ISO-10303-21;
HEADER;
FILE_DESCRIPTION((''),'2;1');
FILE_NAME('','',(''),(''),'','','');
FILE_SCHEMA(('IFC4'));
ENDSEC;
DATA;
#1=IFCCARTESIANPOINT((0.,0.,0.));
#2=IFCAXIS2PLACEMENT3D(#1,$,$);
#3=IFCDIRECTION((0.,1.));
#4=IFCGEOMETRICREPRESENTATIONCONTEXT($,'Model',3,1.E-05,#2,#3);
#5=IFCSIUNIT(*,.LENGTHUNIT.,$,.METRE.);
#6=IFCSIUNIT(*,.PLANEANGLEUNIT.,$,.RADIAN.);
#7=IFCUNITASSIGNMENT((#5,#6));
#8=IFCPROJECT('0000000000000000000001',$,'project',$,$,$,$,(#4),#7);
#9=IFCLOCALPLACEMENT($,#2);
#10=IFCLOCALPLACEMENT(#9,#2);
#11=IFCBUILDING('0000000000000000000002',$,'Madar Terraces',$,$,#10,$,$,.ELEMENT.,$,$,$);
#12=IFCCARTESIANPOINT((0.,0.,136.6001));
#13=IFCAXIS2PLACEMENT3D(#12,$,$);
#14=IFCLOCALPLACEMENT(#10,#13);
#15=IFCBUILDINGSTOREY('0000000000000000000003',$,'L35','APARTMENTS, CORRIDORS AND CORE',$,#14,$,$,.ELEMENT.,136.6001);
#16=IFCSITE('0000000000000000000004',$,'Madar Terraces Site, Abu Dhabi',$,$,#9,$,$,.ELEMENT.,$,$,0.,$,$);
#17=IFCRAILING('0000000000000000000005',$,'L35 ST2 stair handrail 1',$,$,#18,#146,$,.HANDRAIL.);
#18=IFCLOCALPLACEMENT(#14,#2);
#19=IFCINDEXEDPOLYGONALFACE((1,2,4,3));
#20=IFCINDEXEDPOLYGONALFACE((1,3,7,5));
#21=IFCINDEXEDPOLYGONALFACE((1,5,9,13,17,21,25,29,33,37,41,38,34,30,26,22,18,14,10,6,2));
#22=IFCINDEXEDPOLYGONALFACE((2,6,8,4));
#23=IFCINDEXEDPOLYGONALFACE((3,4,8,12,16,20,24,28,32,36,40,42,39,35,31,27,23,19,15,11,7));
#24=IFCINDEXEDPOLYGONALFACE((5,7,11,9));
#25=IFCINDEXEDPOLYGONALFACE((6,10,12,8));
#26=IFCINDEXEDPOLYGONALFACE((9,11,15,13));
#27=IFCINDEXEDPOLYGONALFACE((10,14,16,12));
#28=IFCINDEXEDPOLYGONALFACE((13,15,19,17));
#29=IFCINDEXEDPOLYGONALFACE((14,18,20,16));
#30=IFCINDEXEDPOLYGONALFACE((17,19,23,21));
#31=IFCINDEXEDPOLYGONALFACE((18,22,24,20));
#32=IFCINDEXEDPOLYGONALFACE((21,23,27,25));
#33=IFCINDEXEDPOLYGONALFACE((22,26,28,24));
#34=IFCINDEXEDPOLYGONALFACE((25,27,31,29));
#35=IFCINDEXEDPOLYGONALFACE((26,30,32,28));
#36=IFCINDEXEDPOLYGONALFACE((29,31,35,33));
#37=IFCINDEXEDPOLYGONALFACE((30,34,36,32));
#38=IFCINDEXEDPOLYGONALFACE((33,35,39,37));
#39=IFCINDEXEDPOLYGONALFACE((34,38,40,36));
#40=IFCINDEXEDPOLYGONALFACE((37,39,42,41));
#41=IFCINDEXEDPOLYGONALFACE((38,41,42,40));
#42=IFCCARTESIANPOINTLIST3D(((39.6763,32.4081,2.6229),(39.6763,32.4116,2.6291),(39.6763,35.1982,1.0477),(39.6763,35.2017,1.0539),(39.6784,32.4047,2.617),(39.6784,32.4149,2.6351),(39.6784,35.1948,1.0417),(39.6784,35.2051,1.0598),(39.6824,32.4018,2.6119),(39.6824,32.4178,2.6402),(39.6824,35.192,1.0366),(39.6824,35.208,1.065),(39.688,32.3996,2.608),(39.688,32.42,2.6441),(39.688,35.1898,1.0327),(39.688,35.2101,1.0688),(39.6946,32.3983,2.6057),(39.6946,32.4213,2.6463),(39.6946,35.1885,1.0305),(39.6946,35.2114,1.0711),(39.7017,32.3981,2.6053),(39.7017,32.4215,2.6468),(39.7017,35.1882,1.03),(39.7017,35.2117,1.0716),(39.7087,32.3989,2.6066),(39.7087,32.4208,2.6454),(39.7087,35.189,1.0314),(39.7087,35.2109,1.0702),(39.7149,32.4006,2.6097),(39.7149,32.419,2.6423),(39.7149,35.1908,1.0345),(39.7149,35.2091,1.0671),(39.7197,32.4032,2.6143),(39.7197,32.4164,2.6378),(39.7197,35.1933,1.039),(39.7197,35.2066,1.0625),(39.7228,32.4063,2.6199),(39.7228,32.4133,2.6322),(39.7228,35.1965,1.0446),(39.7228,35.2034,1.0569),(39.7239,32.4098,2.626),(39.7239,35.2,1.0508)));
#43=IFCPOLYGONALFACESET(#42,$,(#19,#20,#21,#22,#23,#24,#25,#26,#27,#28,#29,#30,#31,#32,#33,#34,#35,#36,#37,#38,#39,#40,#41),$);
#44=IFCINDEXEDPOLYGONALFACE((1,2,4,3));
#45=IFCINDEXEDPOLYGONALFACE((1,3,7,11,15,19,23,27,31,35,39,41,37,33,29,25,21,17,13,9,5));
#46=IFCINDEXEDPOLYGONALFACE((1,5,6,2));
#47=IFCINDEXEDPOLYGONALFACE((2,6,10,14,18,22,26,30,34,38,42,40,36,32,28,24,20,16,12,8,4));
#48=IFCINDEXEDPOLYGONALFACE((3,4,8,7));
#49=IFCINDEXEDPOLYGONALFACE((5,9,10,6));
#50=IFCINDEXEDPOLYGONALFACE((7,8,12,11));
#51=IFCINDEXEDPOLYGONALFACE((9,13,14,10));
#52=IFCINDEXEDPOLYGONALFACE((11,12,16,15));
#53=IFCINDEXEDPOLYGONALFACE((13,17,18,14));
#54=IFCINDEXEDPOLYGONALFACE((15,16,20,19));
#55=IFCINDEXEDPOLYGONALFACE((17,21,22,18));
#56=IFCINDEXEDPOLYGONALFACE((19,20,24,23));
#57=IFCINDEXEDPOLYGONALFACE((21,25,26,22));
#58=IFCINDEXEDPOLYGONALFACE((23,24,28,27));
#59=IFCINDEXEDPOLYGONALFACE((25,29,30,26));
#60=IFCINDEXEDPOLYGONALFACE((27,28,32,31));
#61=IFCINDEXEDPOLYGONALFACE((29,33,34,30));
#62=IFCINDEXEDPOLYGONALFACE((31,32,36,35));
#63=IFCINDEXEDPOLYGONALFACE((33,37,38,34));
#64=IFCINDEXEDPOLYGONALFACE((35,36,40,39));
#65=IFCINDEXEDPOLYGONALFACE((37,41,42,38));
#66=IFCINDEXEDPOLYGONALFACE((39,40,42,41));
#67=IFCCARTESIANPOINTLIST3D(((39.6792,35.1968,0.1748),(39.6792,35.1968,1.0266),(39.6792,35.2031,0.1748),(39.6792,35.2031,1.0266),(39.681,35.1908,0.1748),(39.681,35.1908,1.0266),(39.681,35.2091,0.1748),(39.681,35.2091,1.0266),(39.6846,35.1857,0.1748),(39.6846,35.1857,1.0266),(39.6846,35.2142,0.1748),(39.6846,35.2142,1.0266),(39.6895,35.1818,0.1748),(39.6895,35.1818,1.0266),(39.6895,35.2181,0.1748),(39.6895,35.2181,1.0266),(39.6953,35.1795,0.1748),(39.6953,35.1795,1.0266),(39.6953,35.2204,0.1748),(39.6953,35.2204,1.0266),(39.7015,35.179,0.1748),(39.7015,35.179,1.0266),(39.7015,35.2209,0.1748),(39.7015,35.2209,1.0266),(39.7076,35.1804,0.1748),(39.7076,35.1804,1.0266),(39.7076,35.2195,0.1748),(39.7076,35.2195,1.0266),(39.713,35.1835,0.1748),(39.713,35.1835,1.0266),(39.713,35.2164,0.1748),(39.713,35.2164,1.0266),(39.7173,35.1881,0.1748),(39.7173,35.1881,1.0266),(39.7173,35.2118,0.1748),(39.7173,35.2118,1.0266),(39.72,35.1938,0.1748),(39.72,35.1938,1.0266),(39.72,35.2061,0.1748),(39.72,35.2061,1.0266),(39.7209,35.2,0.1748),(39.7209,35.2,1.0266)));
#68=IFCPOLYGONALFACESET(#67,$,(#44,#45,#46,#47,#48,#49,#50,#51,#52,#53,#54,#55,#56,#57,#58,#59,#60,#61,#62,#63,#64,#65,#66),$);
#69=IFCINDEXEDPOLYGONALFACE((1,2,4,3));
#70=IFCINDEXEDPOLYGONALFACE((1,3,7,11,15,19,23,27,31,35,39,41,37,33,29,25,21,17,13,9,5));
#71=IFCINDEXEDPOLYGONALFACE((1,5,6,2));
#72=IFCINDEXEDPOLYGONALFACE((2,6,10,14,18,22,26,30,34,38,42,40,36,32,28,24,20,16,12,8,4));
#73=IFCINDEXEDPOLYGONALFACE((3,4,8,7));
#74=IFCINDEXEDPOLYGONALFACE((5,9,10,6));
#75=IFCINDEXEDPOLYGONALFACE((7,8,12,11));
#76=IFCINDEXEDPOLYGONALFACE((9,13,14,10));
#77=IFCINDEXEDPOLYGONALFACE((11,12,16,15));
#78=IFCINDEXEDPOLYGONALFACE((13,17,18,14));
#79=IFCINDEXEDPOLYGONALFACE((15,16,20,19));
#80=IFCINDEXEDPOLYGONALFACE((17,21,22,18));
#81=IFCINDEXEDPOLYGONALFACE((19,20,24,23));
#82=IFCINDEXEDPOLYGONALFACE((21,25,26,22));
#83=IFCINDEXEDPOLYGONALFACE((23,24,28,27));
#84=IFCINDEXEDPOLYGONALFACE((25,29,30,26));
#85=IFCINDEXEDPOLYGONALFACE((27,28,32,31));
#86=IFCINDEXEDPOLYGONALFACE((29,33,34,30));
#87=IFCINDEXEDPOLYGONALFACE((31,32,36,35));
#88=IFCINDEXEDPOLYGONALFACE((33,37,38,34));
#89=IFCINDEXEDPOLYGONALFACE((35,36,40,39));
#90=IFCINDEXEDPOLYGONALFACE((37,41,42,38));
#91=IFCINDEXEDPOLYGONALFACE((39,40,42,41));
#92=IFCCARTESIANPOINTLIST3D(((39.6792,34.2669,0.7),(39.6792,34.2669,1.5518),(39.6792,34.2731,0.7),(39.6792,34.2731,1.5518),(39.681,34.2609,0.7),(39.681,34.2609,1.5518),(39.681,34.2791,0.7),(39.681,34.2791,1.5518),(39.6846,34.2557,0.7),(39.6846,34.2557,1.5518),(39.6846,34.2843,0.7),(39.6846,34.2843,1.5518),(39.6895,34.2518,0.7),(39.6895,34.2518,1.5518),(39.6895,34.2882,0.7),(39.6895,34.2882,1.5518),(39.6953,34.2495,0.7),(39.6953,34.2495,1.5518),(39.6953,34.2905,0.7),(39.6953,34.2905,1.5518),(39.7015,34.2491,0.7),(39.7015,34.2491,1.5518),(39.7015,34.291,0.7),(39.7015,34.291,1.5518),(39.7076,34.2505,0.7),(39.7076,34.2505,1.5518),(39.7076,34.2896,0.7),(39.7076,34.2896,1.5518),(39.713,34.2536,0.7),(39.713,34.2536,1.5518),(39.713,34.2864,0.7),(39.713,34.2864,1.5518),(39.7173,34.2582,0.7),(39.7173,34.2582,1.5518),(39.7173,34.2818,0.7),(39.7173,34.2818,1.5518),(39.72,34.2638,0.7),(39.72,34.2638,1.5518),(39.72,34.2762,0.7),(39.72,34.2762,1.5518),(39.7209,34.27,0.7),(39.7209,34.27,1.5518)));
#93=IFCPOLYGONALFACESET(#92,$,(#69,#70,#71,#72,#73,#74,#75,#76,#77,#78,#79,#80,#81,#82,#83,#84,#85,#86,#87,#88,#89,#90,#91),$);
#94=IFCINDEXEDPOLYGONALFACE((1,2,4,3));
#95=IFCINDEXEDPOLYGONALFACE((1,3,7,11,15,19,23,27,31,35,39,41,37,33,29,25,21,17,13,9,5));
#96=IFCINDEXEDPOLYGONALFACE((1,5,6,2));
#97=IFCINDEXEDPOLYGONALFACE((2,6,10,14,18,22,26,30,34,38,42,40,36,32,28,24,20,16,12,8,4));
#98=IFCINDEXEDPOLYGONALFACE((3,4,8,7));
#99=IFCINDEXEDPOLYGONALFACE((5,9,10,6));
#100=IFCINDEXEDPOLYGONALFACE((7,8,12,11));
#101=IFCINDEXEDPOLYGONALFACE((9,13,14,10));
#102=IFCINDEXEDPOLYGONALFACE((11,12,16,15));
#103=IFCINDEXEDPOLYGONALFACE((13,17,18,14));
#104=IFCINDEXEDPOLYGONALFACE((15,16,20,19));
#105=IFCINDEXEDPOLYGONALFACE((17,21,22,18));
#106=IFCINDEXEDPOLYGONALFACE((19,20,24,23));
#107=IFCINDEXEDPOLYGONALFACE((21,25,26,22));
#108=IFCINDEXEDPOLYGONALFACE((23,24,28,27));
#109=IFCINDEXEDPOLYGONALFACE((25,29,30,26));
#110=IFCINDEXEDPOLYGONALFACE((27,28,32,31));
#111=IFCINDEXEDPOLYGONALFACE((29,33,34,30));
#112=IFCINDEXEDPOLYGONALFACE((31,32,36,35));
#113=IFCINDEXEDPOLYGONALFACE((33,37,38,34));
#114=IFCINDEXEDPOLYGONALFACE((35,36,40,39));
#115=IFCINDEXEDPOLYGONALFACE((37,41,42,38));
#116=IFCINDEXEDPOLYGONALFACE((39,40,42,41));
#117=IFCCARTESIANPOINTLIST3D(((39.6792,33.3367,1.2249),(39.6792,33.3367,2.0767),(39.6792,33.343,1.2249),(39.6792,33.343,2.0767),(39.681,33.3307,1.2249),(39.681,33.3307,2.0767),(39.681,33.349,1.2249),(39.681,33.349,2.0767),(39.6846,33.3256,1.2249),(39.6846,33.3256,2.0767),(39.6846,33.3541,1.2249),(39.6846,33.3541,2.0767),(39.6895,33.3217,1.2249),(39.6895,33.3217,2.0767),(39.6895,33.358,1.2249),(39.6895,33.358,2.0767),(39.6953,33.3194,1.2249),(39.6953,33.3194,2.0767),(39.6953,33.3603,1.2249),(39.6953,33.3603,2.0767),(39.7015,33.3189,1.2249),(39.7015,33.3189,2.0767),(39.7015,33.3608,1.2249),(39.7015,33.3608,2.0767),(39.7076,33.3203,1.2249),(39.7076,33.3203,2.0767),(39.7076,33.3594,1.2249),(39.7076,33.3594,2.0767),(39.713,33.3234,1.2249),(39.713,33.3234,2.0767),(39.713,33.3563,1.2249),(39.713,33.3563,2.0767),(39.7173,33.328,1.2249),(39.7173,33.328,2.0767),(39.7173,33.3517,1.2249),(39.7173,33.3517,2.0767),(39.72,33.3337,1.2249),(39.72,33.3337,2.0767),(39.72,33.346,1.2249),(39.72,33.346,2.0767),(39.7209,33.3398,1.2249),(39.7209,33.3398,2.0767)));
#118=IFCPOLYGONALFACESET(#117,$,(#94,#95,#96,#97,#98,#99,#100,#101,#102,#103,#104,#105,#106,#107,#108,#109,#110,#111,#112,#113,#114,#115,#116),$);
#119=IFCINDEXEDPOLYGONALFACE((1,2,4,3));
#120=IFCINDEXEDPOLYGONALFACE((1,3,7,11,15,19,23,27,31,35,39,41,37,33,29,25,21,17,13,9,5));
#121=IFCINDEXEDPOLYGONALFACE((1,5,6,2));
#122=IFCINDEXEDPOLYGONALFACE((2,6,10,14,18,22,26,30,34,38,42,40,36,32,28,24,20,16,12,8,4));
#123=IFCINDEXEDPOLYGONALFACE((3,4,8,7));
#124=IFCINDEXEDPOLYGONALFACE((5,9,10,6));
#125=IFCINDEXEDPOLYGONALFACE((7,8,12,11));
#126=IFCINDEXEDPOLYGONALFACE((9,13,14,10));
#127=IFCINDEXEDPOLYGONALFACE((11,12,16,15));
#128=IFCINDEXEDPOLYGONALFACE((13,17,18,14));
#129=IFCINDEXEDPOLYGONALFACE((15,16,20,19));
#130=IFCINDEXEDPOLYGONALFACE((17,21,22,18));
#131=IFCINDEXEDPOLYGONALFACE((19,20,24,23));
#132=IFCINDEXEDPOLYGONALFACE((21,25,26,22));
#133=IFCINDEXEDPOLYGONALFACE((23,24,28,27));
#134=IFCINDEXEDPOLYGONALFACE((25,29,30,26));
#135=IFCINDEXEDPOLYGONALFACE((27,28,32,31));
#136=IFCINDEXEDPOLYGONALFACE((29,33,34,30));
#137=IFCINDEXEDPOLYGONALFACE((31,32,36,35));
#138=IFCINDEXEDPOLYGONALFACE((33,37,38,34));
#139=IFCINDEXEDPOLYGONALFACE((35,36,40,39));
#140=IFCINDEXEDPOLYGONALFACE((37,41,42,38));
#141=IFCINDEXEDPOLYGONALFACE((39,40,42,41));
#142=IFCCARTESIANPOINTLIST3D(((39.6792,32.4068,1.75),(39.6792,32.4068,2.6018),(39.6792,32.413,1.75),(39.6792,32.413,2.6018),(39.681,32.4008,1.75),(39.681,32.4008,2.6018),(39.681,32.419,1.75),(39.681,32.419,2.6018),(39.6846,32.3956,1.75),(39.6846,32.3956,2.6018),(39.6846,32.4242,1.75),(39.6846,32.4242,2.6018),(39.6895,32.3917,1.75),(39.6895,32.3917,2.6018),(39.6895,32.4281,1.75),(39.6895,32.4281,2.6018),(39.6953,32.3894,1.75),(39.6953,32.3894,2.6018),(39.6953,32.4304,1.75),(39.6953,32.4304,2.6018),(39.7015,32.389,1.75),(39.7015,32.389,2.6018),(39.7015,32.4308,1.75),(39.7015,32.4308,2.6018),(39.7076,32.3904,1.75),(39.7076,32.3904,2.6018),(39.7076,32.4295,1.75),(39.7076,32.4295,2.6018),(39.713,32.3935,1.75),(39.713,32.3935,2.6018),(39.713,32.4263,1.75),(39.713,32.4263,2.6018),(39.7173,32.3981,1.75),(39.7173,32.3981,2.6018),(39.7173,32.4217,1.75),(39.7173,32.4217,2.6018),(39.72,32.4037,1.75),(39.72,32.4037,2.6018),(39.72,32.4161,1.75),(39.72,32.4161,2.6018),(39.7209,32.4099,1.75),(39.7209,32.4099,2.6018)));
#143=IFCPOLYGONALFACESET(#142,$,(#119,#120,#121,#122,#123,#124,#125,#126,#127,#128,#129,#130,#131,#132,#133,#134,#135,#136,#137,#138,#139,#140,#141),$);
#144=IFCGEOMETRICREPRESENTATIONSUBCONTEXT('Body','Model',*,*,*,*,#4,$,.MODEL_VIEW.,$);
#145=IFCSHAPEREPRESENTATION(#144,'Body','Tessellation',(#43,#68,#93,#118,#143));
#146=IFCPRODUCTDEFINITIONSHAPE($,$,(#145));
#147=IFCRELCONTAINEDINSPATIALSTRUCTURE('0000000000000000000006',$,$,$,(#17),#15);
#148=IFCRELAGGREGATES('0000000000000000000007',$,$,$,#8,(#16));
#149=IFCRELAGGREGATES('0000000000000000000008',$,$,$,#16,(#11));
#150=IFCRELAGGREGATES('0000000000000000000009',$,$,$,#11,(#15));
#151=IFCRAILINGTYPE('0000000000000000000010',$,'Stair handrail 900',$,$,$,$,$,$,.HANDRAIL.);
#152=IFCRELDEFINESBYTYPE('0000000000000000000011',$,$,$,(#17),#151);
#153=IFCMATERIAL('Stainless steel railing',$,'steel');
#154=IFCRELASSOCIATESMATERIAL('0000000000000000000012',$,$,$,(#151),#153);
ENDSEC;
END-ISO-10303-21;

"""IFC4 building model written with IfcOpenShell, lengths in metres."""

from ifc_helpers import new_model, si_unit, direction, frame, origin, origin_2d, place, context, subcontext, project, spatial, circle, extrude, material, type_object, element, save


model = new_model("IFC4")

# Units and contexts
model_context = context("Model", 3, precision=1e-05, world=origin(), true_north=direction((0.0, 1.0)))
body_context = subcontext(model_context, "Body", "Model", "MODEL_VIEW")
ifc_project = project(units=[si_unit("LENGTHUNIT", "METRE"), si_unit("PLANEANGLEUNIT", "RADIAN")], contexts=[model_context])

# Site, building, storey
site_placement = place(None, origin())
site = spatial("IfcSite", under=ifc_project, at=site_placement, Name="Madar Terraces Site, Abu Dhabi", CompositionType="ELEMENT", RefElevation=0.0)
building_placement = place(site_placement, origin())
building = spatial("IfcBuilding", under=site, at=building_placement, Name="Madar Terraces", CompositionType="ELEMENT")
storey_placement = place(building_placement, frame((0.0, 0.0, 136.6001)))
storey = spatial("IfcBuildingStorey", under=building, at=storey_placement, Name="L35", Description="APARTMENTS, CORRIDORS AND CORE", CompositionType="ELEMENT", Elevation=136.6001)

# Railing
ifc_material_1 = material(Name="Stainless steel railing", Category="steel")
railing_type_1 = type_object("IfcRailingType", Name="Stair handrail 900", PredefinedType="HANDRAIL", material=ifc_material_1)
railing_1_placement = place(storey_placement, frame((39.7, 35.2, 0.1748)))
element("IfcRailing", 1, at=railing_1_placement, inside=storey, type_object=railing_type_1, Name="L35 ST2 stair handrail 1", PredefinedType="HANDRAIL", context=body_context, shape_type="SweptSolid", body=[
    extrude(circle(Radius=0.0239, at=origin_2d()), frame((0.0, 0.0, 0.876), z_axis=(0.0, -0.870801, 0.491635), x_axis=(1.0, 0.0, 0.0)), (0.0, 0.0, 1.0), 3.2041),
    extrude(circle(Radius=0.021, at=origin_2d()), origin(), (0.0, 0.0, 1.0), 0.8518),
    extrude(circle(Radius=0.021, at=origin_2d()), frame((0.0, -0.9299, 0.5251)), (0.0, 0.0, 1.0), 0.8518),
    extrude(circle(Radius=0.021, at=origin_2d()), frame((0.0, -1.8601, 1.05)), (0.0, 0.0, 1.0), 0.8518),
    extrude(circle(Radius=0.021, at=origin_2d()), frame((0.0, -2.79, 1.5752)), (0.0, 0.0, 1.0), 0.8518),
])

save(model, "model.ifc")
